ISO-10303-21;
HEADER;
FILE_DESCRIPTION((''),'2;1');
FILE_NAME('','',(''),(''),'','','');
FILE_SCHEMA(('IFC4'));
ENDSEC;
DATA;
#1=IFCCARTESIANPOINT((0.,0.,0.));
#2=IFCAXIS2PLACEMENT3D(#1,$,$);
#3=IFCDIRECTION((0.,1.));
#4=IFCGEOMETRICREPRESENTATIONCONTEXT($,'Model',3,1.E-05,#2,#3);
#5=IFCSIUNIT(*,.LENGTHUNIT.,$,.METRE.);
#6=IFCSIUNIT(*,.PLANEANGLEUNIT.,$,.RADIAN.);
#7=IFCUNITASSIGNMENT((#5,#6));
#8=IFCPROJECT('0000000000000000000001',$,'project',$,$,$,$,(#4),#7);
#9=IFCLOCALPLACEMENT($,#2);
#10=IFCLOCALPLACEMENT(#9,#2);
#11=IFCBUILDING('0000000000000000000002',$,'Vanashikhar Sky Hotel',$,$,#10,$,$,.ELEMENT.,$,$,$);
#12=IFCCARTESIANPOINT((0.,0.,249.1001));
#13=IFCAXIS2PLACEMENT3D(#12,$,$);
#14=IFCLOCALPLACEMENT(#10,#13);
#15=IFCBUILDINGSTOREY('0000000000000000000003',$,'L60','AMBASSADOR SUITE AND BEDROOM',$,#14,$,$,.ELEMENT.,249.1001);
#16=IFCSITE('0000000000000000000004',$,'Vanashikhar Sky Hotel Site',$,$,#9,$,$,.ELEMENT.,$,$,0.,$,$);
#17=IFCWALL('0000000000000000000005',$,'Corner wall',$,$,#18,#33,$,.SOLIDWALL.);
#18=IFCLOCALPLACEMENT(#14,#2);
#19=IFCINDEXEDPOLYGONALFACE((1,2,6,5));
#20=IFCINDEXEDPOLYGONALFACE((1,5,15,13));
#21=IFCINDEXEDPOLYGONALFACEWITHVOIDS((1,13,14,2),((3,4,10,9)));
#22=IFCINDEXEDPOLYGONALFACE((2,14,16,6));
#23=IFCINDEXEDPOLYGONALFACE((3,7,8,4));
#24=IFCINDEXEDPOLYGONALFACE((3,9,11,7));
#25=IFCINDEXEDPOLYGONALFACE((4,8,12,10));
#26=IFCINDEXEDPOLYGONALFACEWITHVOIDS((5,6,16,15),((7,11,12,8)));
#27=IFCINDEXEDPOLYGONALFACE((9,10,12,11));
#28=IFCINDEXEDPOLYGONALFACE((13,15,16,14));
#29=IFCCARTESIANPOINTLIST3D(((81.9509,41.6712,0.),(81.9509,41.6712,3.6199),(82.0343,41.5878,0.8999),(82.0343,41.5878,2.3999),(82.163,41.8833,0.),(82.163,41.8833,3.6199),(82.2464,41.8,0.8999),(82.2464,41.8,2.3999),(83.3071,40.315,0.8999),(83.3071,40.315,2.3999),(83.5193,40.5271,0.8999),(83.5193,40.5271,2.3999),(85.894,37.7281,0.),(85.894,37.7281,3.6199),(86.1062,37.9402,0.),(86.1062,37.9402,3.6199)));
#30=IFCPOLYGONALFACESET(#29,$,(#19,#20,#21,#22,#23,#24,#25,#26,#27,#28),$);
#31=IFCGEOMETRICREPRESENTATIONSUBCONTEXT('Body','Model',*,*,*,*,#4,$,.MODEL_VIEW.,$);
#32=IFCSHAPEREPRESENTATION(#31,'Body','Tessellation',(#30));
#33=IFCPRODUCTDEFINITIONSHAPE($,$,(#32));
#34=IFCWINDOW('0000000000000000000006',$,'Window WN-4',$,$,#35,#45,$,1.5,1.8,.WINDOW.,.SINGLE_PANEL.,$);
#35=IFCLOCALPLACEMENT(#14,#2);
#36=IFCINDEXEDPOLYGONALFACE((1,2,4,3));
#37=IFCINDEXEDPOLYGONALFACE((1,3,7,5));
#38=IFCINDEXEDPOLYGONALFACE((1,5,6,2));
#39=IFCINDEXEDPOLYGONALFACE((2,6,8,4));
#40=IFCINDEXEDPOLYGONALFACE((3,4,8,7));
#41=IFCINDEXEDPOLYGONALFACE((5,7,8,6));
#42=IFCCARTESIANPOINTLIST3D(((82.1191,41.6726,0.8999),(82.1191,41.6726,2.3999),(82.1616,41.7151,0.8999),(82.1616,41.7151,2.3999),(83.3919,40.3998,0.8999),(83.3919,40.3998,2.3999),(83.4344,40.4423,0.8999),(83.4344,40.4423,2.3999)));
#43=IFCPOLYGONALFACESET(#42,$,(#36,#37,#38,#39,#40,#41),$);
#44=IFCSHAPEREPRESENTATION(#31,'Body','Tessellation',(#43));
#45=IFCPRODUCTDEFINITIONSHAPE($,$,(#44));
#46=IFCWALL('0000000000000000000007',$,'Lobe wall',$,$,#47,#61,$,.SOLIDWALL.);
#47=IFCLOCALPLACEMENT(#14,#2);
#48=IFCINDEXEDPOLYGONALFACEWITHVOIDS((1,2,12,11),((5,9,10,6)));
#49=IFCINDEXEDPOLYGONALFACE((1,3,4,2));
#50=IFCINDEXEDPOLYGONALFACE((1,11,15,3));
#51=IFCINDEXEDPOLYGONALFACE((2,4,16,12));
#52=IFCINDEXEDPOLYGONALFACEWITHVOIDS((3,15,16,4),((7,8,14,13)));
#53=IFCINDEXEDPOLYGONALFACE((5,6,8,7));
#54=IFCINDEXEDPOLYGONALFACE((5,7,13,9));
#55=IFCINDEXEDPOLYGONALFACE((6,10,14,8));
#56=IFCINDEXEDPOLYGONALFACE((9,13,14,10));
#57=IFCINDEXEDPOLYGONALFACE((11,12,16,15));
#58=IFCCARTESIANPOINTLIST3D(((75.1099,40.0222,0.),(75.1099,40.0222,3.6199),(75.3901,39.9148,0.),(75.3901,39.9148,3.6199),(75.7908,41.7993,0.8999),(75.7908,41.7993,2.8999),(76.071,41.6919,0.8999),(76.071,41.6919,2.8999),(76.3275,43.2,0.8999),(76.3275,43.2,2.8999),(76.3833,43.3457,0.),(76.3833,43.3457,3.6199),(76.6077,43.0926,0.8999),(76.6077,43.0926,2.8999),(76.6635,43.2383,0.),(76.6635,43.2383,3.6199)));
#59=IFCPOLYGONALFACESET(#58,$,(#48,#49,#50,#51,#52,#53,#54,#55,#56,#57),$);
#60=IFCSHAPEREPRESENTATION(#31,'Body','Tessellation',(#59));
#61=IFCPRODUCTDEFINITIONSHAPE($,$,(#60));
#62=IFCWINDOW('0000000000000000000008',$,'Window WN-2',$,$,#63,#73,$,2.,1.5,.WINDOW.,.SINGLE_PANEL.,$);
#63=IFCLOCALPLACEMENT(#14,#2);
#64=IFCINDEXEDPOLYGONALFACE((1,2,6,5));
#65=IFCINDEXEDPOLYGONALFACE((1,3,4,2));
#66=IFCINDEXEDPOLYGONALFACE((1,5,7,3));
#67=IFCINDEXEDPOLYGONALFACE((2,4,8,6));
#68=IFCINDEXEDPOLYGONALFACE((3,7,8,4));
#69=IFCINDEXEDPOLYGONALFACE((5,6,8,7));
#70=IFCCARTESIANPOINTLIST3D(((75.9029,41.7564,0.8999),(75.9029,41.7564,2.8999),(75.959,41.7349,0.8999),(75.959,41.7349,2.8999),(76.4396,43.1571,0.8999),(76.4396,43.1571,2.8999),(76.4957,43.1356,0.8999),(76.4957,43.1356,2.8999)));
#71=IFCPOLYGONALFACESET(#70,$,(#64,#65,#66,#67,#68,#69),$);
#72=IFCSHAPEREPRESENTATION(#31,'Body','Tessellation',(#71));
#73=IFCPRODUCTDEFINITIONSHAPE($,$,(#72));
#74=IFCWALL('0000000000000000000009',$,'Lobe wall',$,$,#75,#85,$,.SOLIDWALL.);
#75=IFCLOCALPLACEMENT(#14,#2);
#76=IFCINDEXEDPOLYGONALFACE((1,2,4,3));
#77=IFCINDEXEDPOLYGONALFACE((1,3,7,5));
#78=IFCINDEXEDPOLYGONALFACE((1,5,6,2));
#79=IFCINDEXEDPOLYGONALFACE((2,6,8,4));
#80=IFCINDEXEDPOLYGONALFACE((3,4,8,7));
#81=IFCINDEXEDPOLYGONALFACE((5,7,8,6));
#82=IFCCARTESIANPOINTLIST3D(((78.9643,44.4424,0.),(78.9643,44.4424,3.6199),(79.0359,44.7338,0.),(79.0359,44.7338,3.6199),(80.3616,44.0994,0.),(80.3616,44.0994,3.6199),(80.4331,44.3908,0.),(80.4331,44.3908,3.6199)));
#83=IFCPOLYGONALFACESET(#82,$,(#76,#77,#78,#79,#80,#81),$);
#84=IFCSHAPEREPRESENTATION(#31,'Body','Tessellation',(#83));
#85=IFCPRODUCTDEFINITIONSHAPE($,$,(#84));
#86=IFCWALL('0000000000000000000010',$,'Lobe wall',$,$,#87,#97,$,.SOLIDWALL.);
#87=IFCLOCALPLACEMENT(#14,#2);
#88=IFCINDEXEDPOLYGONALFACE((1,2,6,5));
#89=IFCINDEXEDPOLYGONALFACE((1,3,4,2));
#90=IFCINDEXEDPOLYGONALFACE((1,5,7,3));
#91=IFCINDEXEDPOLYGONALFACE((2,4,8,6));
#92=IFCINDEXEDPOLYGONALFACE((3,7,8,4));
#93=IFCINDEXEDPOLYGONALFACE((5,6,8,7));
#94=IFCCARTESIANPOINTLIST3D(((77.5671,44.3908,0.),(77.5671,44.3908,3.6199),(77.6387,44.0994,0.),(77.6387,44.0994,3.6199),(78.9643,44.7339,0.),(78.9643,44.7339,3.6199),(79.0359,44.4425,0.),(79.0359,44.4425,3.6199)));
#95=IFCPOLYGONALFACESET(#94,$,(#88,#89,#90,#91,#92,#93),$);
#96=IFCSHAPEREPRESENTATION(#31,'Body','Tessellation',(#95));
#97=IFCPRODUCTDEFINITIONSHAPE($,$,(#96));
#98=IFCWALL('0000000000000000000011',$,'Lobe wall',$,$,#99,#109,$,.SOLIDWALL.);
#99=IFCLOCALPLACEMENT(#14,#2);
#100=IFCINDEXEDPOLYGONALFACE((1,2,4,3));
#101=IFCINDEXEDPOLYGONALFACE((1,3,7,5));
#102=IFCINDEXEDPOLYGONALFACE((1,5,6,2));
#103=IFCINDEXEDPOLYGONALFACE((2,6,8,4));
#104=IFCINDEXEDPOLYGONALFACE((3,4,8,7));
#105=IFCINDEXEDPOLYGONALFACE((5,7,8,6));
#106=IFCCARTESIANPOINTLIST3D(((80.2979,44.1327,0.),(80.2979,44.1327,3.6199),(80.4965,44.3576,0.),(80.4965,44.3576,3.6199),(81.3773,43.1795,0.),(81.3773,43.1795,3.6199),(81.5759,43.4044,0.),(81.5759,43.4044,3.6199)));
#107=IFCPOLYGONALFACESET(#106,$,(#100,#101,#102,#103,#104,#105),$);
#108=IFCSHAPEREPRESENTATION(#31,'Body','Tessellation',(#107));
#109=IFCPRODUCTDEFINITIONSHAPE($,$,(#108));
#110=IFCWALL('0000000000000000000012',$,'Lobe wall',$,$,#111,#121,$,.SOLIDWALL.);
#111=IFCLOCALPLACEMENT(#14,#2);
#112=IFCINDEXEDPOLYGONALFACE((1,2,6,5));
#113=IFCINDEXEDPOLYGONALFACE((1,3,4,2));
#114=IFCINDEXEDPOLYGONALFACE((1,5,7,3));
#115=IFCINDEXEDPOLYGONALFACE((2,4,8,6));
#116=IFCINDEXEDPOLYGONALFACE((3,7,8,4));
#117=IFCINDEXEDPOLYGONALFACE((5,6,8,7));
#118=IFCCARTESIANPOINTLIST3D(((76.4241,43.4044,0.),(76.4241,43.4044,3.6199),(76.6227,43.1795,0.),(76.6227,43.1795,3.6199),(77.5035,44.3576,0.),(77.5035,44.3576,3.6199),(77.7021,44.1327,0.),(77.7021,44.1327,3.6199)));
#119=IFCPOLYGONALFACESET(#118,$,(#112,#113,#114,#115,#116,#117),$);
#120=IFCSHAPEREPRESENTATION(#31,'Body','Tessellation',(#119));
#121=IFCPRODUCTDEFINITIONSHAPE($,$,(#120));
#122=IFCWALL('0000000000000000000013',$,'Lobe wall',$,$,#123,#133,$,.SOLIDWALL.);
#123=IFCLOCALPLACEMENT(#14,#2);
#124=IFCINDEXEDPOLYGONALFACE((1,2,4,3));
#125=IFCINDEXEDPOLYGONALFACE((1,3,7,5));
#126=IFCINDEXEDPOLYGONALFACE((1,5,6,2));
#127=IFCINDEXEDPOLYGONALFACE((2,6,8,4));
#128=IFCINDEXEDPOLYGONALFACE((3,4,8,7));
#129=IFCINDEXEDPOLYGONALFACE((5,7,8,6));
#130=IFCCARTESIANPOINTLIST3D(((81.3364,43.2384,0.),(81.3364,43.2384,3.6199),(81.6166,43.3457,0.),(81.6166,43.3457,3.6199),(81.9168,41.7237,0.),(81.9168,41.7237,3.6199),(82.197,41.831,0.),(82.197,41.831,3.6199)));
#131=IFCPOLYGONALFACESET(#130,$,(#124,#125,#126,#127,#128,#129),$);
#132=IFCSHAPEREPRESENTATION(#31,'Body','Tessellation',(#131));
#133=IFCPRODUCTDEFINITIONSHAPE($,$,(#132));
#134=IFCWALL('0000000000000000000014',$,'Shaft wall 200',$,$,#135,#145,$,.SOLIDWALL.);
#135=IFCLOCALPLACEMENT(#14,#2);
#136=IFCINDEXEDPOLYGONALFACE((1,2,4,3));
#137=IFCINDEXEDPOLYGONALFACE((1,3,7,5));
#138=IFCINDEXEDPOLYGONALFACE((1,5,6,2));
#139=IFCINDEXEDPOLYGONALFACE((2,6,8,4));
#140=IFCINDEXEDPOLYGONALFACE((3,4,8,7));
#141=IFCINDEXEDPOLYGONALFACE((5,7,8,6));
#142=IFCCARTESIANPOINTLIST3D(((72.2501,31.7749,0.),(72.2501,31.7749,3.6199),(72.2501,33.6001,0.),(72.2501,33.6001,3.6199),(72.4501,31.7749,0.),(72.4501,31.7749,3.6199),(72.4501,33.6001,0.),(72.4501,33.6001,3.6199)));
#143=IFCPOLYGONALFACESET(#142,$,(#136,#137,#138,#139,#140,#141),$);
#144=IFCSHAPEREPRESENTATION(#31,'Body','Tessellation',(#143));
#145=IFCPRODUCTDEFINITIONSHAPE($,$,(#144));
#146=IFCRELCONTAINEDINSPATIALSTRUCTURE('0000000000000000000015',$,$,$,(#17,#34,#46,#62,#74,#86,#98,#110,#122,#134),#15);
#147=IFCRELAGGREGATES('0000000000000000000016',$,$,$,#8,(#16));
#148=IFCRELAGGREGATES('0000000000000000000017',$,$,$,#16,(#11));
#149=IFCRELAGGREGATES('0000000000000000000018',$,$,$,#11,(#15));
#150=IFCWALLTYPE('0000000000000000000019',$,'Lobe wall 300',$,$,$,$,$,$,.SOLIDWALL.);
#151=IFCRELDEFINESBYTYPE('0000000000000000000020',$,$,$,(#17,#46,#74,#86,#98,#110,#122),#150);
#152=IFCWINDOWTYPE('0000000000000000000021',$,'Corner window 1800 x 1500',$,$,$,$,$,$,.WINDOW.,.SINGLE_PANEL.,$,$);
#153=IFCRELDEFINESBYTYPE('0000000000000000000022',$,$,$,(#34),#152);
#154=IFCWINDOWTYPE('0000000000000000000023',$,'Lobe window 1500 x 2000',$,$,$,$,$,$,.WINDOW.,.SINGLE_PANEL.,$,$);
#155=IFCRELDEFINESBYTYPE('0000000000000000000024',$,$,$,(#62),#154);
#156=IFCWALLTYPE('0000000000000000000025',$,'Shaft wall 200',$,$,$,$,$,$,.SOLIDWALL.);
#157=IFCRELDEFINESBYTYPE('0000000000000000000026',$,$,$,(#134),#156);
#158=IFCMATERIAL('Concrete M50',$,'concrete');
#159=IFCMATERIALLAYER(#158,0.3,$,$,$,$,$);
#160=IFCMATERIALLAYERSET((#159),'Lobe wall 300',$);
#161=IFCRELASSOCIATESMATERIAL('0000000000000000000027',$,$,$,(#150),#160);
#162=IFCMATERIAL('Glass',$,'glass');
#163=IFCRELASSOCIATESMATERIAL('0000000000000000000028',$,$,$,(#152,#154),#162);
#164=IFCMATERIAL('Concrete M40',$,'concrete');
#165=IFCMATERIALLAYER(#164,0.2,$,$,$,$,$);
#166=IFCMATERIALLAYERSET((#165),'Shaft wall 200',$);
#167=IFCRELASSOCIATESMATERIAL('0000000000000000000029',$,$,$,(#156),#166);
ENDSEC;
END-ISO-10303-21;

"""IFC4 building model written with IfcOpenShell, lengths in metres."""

from ifc_helpers import new_model, si_unit, direction, frame, frame_2d, origin, place, context, subcontext, project, spatial, rectangle, extrude, source, transform, mapped, material, layer, layer_set, type_object, element, fill, save


model = new_model("IFC4")

# Units and contexts
model_context = context("Model", 3, precision=1e-05, world=origin(), true_north=direction((0.0, 1.0)))
body_context = subcontext(model_context, "Body", "Model", "MODEL_VIEW")
ifc_project = project(units=[si_unit("LENGTHUNIT", "METRE"), si_unit("PLANEANGLEUNIT", "RADIAN")], contexts=[model_context])

# Site, building, storey
site_placement = place(None, origin())
site = spatial("IfcSite", under=ifc_project, at=site_placement, Name="Vanashikhar Sky Hotel Site", CompositionType="ELEMENT", RefElevation=0.0)
building_placement = place(site_placement, origin())
building = spatial("IfcBuilding", under=site, at=building_placement, Name="Vanashikhar Sky Hotel", CompositionType="ELEMENT")
storey_placement = place(building_placement, frame((0.0, 0.0, 249.1001)))
storey = spatial("IfcBuildingStorey", under=building, at=storey_placement, Name="L60", Description="AMBASSADOR SUITE AND BEDROOM", CompositionType="ELEMENT", Elevation=249.1001)

# Walls, openings, windows
ifc_material_1 = material(Name="Concrete M50", Category="concrete")
ifc_layer_1 = layer(ifc_material_1, 0.3)
ifc_layer_set_1 = layer_set([ifc_layer_1], Name="Lobe wall 300")
wall_type_1 = type_object("IfcWallType", Name="Lobe wall 300", PredefinedType="SOLIDWALL", material=ifc_layer_set_1)
shared_shape_1 = source(origin(), body_context, "Body", "SweptSolid", [
    extrude(rectangle(XDim=5.5764, YDim=0.3, at=frame_2d((2.7881, 0.0))), origin(), (0.0, 0.0, 1.0), 3.6199),
])
wall_1_placement = place(storey_placement, frame((86.0, 37.8342, 0.0), z_axis=(0.0, 0.0, 1.0), x_axis=(-0.707107, 0.707107, 0.0)))
wall_1 = element("IfcWall", 1, at=wall_1_placement, inside=storey, type_object=wall_type_1, Name="Corner wall", PredefinedType="SOLIDWALL", context=body_context, shape_type="MappedRepresentation", body=[
    mapped(shared_shape_1, transform((0.0, 0.0, 0.0), scale=1.0)),
])
shared_shape_2 = source(origin(), body_context, "Body", "SweptSolid", [
    extrude(rectangle(XDim=1.8, YDim=1.5, at=frame_2d((0.8999, 0.75))), frame((0.0, 0.1602, 0.0), z_axis=(0.0, -1.0, 0.0), x_axis=(1.0, 0.0, 0.0)), (0.0, 0.0, 1.0), 0.3201),
])
opening_1_placement = place(wall_1_placement, frame((3.6584, 0.0, 0.8999)))
opening_1 = element("IfcOpeningElement", 2, at=opening_1_placement, cuts=wall_1, PredefinedType="OPENING", context=body_context, shape_type="MappedRepresentation", body=[
    mapped(shared_shape_2, transform((0.0, 0.0, 0.0), scale=1.0)),
])
ifc_material_2 = material(Name="Glass", Category="glass")
window_type_1 = type_object("IfcWindowType", Name="Corner window 1800 x 1500", PartitioningType="SINGLE_PANEL", PredefinedType="WINDOW", material=ifc_material_2)
shared_shape_3 = source(origin(), body_context, "Body", "SweptSolid", [
    extrude(rectangle(XDim=1.8, YDim=1.5, at=frame_2d((0.8999, 0.75))), frame((0.0, 0.03, 0.0), z_axis=(0.0, -1.0, 0.0), x_axis=(1.0, 0.0, 0.0)), (0.0, 0.0, 1.0), 0.0601),
])
window_1_placement = place(opening_1_placement, origin())
window_1 = element("IfcWindow", 3, at=window_1_placement, inside=storey, type_object=window_type_1, Name="Window WN-4", OverallHeight=1.5, OverallWidth=1.8, PartitioningType="SINGLE_PANEL", PredefinedType="WINDOW", context=body_context, shape_type="MappedRepresentation", body=[
    mapped(shared_shape_3, transform((0.0, 0.0, 0.0), scale=1.0)),
])
fill(opening_1, window_1)
shared_shape_4 = source(origin(), body_context, "Body", "SweptSolid", [
    extrude(rectangle(XDim=3.5591, YDim=0.3, at=frame_2d((1.7795, 0.0))), origin(), (0.0, 0.0, 1.0), 3.6199),
])
wall_2_placement = place(storey_placement, frame((76.5234, 43.292, 0.0), z_axis=(0.0, 0.0, 1.0), x_axis=(-0.357797, -0.933799, 0.0)))
wall_2 = element("IfcWall", 4, at=wall_2_placement, inside=storey, type_object=wall_type_1, Name="Lobe wall", PredefinedType="SOLIDWALL", context=body_context, shape_type="MappedRepresentation", body=[
    mapped(shared_shape_4, transform((0.0, 0.0, 0.0), scale=1.0)),
])
shared_shape_5 = source(origin(), body_context, "Body", "SweptSolid", [
    extrude(rectangle(XDim=1.5, YDim=2.0, at=frame_2d((0.75, 1.0))), frame((0.0, 0.1602, 0.0), z_axis=(0.0, -1.0, 0.0), x_axis=(1.0, 0.0, 0.0)), (0.0, 0.0, 1.0), 0.3201),
])
opening_2_placement = place(wall_2_placement, frame((0.156, 0.0, 0.8999)))
opening_2 = element("IfcOpeningElement", 5, at=opening_2_placement, cuts=wall_2, PredefinedType="OPENING", context=body_context, shape_type="MappedRepresentation", body=[
    mapped(shared_shape_5, transform((0.0, 0.0, 0.0), scale=1.0)),
])
window_type_2 = type_object("IfcWindowType", Name="Lobe window 1500 x 2000", PartitioningType="SINGLE_PANEL", PredefinedType="WINDOW", material=ifc_material_2)
shared_shape_6 = source(origin(), body_context, "Body", "SweptSolid", [
    extrude(rectangle(XDim=1.5, YDim=2.0, at=frame_2d((0.75, 1.0))), frame((0.0, 0.03, 0.0), z_axis=(0.0, -1.0, 0.0), x_axis=(1.0, 0.0, 0.0)), (0.0, 0.0, 1.0), 0.0601),
])
window_2_placement = place(opening_2_placement, origin())
window_2 = element("IfcWindow", 6, at=window_2_placement, inside=storey, type_object=window_type_2, Name="Window WN-2", OverallHeight=2.0, OverallWidth=1.5, PartitioningType="SINGLE_PANEL", PredefinedType="WINDOW", context=body_context, shape_type="MappedRepresentation", body=[
    mapped(shared_shape_6, transform((0.0, 0.0, 0.0), scale=1.0)),
])
fill(opening_2, window_2)

# Walls
shared_shape_7 = source(origin(), body_context, "Body", "SweptSolid", [
    extrude(rectangle(XDim=1.4387, YDim=0.3, at=frame_2d((0.7192, 0.0))), origin(), (0.0, 0.0, 1.0), 3.6199),
])
for number, where, z_axis, x_axis, name in (
    (7, (80.3972, 44.2451, 0.0), (0.0, 0.0, 1.0), (-0.971162, 0.238421, 0.0), "Lobe wall"),
    (8, (79.0, 44.5881, 0.0), (0.0, 0.0, 1.0), (-0.971162, -0.238421, 0.0), "Lobe wall"),
):
    element("IfcWall", number, at=place(storey_placement, frame(where, z_axis=z_axis, x_axis=x_axis)), inside=storey, type_object=wall_type_1, Name=name, PredefinedType="SOLIDWALL", context=body_context, shape_type="MappedRepresentation", body=[
        mapped(shared_shape_7, transform((0.0, 0.0, 0.0), scale=1.0)),
    ])
shared_shape_8 = source(origin(), body_context, "Body", "SweptSolid", [
    extrude(rectangle(XDim=1.4399, YDim=0.3, at=frame_2d((0.72, 0.0))), origin(), (0.0, 0.0, 1.0), 3.6199),
])
for number, where, z_axis, x_axis, name in (
    (9, (81.4766, 43.292, 0.0), (0.0, 0.0, 1.0), (-0.749576, 0.661919, 0.0), "Lobe wall"),
    (10, (77.6028, 44.2451, 0.0), (0.0, 0.0, 1.0), (-0.749576, -0.661919, 0.0), "Lobe wall"),
):
    element("IfcWall", number, at=place(storey_placement, frame(where, z_axis=z_axis, x_axis=x_axis)), inside=storey, type_object=wall_type_1, Name=name, PredefinedType="SOLIDWALL", context=body_context, shape_type="MappedRepresentation", body=[
        mapped(shared_shape_8, transform((0.0, 0.0, 0.0), scale=1.0)),
    ])
shared_shape_9 = source(origin(), body_context, "Body", "SweptSolid", [
    extrude(rectangle(XDim=1.6221, YDim=0.3, at=frame_2d((0.811, 0.0))), origin(), (0.0, 0.0, 1.0), 3.6199),
])
wall_3_placement = place(storey_placement, frame((82.0569, 41.7773, 0.0), z_axis=(0.0, 0.0, 1.0), x_axis=(-0.357779, 0.933806, 0.0)))
element("IfcWall", 11, at=wall_3_placement, inside=storey, type_object=wall_type_1, Name="Lobe wall", PredefinedType="SOLIDWALL", context=body_context, shape_type="MappedRepresentation", body=[
    mapped(shared_shape_9, transform((0.0, 0.0, 0.0), scale=1.0)),
])
ifc_material_3 = material(Name="Concrete M40", Category="concrete")
ifc_layer_2 = layer(ifc_material_3, 0.2)
ifc_layer_set_2 = layer_set([ifc_layer_2], Name="Shaft wall 200")
wall_type_2 = type_object("IfcWallType", Name="Shaft wall 200", PredefinedType="SOLIDWALL", material=ifc_layer_set_2)
shared_shape_10 = source(origin(), body_context, "Body", "SweptSolid", [
    extrude(rectangle(XDim=1.8252, YDim=0.2, at=frame_2d((0.9126, 0.0))), origin(), (0.0, 0.0, 1.0), 3.6199),
])
wall_4_placement = place(storey_placement, frame((72.3501, 31.7749, 0.0), z_axis=(0.0, 0.0, 1.0), x_axis=(0.0, 1.0, 0.0)))
element("IfcWall", 12, at=wall_4_placement, inside=storey, type_object=wall_type_2, Name="Shaft wall 200", PredefinedType="SOLIDWALL", context=body_context, shape_type="MappedRepresentation", body=[
    mapped(shared_shape_10, transform((0.0, 0.0, 0.0), scale=1.0)),
])

save(model, "model.ifc")
